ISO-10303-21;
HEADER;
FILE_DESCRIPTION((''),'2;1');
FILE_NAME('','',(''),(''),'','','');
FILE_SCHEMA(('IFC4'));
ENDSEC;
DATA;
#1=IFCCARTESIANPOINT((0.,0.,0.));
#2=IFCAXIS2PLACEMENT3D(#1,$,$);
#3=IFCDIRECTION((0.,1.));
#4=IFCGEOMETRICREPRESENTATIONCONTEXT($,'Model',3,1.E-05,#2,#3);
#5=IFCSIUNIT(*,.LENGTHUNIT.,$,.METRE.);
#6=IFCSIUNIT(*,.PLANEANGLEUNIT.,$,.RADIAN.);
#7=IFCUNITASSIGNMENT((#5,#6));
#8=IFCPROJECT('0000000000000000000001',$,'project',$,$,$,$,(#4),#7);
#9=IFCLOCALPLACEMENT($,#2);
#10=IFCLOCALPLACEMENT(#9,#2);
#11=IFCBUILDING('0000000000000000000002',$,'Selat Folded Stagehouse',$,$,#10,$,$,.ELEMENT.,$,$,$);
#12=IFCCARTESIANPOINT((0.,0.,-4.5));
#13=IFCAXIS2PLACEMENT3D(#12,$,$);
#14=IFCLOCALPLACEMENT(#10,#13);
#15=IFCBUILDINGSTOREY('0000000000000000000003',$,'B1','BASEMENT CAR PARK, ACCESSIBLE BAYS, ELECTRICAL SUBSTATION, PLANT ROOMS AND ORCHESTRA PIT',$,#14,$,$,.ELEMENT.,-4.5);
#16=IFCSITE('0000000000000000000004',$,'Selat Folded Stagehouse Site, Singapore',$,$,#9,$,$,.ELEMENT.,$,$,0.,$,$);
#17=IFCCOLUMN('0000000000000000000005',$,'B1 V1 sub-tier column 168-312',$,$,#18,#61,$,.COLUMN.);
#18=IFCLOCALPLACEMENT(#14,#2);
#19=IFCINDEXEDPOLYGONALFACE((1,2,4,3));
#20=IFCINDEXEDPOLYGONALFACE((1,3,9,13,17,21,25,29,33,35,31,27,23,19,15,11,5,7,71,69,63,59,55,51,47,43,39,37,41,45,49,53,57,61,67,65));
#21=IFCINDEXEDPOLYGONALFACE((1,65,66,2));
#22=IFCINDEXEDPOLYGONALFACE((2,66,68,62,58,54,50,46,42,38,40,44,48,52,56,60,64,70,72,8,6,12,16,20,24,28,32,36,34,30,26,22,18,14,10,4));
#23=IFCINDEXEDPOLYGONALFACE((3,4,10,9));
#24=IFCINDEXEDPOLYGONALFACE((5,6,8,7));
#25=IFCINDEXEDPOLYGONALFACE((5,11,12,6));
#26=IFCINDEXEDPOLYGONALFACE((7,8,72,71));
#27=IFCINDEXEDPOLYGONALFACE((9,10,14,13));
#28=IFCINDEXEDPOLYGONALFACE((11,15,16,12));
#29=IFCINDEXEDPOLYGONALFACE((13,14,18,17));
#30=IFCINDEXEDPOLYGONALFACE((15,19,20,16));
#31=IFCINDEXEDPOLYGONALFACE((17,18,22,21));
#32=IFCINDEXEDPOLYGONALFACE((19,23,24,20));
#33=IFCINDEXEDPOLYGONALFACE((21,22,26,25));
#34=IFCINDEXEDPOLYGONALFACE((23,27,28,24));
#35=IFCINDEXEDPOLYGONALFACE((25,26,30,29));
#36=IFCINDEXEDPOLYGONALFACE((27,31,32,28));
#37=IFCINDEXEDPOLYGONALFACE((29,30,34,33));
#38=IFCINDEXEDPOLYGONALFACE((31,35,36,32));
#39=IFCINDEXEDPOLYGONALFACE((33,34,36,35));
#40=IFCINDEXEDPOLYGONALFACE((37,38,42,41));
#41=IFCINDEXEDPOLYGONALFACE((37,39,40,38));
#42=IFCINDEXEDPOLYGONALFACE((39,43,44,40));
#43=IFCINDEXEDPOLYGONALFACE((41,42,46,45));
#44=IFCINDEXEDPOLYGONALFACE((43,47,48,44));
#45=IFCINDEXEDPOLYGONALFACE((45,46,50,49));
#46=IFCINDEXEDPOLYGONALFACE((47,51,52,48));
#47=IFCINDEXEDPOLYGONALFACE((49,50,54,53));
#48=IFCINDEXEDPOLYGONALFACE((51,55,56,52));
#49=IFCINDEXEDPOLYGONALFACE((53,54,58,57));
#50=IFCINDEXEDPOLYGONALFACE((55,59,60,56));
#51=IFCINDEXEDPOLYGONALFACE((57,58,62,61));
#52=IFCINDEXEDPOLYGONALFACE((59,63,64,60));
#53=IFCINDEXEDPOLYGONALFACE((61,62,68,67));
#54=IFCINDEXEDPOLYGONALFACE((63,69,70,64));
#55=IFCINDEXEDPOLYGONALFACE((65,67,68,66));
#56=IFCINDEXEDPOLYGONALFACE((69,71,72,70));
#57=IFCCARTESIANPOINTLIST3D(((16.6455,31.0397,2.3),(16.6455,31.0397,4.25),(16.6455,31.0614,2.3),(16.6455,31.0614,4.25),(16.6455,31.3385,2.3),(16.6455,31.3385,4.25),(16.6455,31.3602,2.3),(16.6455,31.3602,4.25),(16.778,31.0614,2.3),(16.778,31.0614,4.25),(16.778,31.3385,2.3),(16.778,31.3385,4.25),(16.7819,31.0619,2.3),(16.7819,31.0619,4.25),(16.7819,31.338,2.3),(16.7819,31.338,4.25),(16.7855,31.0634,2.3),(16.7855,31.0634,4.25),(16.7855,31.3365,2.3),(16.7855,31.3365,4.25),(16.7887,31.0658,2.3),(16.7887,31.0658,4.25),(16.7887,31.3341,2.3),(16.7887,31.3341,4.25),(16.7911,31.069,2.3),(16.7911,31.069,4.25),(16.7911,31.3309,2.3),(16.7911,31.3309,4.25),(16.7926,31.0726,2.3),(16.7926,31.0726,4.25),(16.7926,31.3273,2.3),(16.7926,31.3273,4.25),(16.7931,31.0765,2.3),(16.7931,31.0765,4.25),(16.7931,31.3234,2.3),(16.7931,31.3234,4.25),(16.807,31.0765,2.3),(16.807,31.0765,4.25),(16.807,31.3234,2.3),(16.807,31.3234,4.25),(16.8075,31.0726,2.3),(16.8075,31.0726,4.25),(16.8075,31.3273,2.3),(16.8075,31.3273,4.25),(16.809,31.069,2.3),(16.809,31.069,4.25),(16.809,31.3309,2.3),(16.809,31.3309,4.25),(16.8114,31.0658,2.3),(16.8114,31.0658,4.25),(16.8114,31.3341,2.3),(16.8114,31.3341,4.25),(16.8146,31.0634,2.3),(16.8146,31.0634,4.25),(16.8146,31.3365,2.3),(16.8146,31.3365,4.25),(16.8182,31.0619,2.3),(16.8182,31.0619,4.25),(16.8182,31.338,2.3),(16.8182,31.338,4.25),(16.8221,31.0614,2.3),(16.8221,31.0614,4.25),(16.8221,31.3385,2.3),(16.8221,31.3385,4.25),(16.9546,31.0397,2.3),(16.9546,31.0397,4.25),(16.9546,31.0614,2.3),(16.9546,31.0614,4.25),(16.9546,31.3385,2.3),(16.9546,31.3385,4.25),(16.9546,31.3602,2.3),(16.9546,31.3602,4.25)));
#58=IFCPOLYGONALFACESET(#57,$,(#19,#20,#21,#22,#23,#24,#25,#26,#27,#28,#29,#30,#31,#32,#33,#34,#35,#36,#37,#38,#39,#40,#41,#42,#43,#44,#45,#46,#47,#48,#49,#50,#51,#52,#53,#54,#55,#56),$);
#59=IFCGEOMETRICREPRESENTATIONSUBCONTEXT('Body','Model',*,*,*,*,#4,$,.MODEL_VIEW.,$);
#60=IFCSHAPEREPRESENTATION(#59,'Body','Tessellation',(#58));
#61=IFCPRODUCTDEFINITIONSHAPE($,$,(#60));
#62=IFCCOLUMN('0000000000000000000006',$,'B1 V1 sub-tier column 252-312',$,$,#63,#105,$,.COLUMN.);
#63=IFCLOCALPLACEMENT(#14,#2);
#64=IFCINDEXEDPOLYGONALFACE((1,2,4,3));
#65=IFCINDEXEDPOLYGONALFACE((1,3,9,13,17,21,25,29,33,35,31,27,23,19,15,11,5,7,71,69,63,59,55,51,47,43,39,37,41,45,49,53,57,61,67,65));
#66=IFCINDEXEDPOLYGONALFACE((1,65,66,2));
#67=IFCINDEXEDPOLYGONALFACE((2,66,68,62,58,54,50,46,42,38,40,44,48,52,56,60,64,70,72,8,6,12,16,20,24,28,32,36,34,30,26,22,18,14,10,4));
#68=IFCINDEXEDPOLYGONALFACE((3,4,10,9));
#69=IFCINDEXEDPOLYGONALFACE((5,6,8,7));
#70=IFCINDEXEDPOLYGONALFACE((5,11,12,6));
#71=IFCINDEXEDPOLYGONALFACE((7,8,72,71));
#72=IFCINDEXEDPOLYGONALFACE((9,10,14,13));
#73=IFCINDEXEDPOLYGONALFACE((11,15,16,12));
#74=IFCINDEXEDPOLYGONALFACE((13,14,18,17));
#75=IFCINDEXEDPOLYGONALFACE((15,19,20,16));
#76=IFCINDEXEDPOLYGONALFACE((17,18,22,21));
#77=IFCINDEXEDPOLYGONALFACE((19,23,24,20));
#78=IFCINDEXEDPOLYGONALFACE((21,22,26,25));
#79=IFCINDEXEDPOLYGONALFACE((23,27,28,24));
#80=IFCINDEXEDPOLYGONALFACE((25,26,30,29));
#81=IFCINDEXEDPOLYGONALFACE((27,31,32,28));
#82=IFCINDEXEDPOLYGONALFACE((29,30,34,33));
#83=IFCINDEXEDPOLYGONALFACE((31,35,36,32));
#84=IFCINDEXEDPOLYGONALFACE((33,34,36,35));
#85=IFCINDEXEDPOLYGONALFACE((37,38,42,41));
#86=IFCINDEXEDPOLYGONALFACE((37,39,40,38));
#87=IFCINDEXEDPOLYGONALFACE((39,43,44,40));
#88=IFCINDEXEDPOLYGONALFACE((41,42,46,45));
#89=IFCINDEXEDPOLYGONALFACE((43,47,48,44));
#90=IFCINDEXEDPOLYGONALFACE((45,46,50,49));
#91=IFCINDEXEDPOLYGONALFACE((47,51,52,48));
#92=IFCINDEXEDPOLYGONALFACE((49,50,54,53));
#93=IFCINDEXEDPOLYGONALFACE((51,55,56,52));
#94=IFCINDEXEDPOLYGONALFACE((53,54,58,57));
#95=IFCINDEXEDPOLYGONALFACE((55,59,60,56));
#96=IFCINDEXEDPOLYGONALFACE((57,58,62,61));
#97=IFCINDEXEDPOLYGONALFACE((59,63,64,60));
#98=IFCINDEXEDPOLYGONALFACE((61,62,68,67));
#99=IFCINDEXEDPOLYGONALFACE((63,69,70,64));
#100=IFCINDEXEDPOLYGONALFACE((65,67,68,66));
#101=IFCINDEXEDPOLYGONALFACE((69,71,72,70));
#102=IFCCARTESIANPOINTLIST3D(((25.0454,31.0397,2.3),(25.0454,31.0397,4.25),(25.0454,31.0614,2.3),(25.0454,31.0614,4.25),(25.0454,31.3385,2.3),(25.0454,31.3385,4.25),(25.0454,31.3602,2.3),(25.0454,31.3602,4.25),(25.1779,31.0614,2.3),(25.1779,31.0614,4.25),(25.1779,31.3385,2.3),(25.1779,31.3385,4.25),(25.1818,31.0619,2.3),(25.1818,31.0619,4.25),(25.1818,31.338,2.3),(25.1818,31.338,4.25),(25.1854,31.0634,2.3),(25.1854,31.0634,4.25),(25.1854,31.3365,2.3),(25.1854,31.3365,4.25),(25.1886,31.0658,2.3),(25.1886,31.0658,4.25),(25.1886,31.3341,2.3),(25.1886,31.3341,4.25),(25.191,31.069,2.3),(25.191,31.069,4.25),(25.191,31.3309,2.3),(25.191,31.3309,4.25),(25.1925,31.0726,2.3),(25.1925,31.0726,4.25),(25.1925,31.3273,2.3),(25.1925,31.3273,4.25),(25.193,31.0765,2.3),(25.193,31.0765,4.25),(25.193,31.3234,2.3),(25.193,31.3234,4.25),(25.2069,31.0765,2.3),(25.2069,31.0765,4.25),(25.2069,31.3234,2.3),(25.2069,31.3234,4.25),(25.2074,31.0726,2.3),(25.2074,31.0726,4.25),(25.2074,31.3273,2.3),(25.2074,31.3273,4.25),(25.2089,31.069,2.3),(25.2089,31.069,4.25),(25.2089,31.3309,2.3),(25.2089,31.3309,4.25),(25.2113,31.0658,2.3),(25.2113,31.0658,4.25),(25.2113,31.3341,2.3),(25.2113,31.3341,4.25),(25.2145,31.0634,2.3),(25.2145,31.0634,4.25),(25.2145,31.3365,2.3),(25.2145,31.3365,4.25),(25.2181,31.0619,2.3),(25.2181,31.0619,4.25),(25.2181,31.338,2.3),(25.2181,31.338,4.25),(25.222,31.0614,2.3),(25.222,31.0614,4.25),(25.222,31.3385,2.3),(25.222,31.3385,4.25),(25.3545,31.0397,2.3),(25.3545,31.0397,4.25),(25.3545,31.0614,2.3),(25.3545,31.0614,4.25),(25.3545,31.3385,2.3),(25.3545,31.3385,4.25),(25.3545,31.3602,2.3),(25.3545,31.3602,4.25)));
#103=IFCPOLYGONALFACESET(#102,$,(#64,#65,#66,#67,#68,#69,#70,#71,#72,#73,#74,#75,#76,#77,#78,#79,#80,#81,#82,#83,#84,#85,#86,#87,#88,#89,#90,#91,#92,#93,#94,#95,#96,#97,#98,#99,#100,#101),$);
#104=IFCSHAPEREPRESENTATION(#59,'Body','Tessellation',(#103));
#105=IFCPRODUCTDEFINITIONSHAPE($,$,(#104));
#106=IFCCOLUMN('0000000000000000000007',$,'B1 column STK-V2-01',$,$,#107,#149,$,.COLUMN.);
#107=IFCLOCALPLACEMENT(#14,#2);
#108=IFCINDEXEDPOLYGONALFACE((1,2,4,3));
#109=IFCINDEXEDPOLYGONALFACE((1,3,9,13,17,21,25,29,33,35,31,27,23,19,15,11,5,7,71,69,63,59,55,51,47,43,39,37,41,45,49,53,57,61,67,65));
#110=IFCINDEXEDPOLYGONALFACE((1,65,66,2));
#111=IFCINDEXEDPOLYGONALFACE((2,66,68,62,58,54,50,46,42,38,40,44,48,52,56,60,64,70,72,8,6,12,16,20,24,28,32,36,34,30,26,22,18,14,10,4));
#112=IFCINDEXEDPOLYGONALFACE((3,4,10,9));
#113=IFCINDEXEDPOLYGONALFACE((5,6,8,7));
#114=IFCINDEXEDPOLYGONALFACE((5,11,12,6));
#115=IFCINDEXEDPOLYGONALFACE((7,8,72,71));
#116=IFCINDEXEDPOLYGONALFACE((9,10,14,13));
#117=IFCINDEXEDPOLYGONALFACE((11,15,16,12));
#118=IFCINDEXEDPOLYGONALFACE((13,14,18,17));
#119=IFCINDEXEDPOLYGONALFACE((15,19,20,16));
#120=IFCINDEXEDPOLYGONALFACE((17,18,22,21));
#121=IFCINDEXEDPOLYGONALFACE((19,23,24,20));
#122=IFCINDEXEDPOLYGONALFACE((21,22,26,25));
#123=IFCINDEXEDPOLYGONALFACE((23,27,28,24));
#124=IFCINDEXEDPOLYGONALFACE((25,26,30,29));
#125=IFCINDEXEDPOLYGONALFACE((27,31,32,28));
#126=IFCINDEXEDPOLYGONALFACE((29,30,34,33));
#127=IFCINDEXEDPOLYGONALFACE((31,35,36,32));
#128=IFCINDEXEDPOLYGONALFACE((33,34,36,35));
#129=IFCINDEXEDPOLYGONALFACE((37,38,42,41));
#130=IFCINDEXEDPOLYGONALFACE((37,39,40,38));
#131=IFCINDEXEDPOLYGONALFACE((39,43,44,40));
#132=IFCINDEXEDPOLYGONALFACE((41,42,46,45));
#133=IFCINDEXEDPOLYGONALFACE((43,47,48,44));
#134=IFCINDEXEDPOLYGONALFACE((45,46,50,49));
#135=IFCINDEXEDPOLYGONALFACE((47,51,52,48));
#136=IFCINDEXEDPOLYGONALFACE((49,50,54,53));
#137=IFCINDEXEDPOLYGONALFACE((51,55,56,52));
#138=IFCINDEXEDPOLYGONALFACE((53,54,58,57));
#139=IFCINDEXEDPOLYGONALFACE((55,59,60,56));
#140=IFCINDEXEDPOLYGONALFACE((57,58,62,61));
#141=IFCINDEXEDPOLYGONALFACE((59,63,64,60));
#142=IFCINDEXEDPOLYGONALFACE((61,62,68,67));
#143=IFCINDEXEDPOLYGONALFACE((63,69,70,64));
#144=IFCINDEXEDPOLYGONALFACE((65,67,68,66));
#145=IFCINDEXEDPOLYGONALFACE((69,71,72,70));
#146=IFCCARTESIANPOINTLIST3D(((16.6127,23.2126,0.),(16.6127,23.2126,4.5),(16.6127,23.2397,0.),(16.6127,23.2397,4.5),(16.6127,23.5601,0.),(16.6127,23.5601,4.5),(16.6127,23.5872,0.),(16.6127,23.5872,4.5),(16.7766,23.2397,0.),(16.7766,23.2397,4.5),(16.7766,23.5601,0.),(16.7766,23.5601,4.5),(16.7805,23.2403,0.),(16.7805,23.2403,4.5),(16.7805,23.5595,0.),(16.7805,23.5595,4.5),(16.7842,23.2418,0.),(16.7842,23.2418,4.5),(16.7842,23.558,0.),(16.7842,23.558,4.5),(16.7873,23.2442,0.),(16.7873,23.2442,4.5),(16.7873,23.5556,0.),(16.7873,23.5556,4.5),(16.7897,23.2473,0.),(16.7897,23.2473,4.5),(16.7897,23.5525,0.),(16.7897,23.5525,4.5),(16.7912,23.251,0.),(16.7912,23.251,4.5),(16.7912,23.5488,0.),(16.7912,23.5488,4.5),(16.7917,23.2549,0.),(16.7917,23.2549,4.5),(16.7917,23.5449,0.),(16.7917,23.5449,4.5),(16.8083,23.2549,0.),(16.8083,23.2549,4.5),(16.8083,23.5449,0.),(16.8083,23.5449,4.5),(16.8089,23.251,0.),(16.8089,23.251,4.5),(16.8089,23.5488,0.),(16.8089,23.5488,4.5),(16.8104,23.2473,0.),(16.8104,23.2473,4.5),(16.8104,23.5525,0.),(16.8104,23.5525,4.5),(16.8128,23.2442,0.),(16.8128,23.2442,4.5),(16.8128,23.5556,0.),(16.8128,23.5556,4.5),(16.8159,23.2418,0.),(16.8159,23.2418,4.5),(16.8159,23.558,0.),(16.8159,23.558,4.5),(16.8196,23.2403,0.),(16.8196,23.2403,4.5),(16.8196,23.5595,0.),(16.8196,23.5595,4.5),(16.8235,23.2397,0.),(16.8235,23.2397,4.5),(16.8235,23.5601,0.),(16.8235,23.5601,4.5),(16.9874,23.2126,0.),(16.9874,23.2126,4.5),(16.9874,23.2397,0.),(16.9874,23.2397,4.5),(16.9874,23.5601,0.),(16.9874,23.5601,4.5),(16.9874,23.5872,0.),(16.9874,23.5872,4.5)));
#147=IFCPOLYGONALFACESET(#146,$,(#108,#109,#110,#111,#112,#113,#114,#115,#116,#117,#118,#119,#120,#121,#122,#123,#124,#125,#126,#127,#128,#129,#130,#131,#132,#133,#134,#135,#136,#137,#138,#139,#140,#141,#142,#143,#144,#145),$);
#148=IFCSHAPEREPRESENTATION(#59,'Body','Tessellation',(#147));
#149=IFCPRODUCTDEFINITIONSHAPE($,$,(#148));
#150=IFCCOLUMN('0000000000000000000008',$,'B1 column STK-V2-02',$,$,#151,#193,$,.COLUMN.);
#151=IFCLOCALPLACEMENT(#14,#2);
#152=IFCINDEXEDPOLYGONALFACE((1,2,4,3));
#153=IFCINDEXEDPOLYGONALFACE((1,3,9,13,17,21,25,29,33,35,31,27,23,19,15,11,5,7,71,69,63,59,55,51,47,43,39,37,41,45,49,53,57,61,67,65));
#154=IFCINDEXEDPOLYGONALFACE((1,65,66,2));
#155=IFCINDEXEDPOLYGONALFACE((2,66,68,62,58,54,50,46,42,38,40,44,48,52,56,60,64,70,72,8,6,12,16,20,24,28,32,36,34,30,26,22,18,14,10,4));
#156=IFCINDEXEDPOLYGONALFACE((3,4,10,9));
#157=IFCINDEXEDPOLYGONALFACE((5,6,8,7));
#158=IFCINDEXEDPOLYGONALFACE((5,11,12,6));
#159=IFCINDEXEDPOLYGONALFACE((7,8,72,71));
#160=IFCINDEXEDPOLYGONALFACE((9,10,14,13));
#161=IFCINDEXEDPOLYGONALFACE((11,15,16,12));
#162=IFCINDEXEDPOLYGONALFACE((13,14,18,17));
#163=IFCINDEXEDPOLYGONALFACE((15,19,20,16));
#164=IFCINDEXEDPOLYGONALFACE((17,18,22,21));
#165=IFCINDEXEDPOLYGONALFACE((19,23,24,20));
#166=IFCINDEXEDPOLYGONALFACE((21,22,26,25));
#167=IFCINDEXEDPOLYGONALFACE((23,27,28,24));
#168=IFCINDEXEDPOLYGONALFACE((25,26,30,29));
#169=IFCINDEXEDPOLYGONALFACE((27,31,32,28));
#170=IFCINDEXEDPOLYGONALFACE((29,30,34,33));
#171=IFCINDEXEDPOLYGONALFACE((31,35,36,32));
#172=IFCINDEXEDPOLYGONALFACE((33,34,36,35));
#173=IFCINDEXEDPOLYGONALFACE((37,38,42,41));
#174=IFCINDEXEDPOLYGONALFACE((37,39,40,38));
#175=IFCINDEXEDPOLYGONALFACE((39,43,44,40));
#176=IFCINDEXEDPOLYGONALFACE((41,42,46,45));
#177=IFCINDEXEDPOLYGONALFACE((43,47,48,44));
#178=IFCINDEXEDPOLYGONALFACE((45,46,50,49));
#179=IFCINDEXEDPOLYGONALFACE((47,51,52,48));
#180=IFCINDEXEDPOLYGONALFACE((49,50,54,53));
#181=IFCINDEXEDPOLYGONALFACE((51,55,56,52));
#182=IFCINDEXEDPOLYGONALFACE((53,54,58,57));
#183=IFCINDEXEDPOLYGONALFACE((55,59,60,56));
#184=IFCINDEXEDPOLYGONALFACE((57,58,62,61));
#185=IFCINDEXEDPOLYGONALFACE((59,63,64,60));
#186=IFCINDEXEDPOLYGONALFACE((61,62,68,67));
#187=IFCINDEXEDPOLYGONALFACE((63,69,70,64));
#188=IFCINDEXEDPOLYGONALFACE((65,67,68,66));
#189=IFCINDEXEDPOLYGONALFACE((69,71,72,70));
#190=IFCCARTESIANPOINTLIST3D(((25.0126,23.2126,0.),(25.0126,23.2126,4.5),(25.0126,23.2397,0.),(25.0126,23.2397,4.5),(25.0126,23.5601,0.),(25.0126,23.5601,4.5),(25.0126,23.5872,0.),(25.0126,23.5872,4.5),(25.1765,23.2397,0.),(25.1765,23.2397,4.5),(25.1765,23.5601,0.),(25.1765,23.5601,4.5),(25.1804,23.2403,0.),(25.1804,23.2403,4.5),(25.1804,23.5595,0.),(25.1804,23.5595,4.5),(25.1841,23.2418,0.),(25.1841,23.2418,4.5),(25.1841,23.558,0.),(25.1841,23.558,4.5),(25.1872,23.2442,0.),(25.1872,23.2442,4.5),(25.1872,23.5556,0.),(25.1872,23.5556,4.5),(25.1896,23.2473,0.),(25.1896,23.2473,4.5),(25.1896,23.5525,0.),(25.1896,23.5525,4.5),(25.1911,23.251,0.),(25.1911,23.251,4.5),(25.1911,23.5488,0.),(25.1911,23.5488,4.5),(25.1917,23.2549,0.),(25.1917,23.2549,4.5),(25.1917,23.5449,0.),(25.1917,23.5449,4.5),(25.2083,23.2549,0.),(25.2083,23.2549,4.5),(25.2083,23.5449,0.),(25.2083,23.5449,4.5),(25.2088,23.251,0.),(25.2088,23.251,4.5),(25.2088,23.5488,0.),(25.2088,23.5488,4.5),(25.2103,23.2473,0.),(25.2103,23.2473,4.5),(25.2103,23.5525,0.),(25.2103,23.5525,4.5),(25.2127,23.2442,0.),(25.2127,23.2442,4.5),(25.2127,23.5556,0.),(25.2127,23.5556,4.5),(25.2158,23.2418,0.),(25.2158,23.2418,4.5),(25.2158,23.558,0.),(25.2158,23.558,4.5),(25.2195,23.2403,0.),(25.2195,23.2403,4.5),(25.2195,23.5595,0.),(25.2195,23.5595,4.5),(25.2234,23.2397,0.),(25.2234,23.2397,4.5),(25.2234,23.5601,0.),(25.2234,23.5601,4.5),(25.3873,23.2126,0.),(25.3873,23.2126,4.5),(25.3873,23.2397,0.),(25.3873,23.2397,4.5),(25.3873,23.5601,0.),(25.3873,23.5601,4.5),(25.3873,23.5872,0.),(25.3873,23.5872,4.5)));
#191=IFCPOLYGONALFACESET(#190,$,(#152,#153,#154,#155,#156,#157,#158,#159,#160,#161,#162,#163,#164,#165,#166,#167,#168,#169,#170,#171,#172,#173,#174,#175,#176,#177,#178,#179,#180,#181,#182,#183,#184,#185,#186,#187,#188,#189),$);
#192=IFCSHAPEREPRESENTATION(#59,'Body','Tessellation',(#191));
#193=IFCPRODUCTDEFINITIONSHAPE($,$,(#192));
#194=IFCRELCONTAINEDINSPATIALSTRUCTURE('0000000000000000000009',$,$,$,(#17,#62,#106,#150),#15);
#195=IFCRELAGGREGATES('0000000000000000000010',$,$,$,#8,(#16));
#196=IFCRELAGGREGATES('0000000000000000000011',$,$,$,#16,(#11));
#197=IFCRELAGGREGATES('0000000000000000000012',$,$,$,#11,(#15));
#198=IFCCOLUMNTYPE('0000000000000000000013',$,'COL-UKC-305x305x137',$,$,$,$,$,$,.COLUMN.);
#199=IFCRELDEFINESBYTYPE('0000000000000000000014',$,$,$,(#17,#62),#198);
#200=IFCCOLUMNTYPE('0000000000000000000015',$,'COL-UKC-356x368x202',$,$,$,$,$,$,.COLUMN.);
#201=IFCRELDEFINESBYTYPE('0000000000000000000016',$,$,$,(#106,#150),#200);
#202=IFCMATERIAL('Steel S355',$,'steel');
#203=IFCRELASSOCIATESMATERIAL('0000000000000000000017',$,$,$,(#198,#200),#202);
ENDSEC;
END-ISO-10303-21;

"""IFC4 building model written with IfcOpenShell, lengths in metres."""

from ifc_helpers import new_model, si_unit, direction, frame, origin, origin_2d, place, context, subcontext, project, spatial, i_section, extrude, material, material_profile, profile_set, type_object, element, save


model = new_model("IFC4")

# Units and contexts
model_context = context("Model", 3, precision=1e-05, world=origin(), true_north=direction((0.0, 1.0)))
body_context = subcontext(model_context, "Body", "Model", "MODEL_VIEW")
ifc_project = project(units=[si_unit("LENGTHUNIT", "METRE"), si_unit("PLANEANGLEUNIT", "RADIAN")], contexts=[model_context])

# Site, building, storey
site_placement = place(None, origin())
site = spatial("IfcSite", under=ifc_project, at=site_placement, Name="Selat Folded Stagehouse Site, Singapore", CompositionType="ELEMENT", RefElevation=0.0)
building_placement = place(site_placement, origin())
building = spatial("IfcBuilding", under=site, at=building_placement, Name="Selat Folded Stagehouse", CompositionType="ELEMENT")
storey_placement = place(building_placement, frame((0.0, 0.0, -4.5)))
storey = spatial("IfcBuildingStorey", under=building, at=storey_placement, Name="B1", Description="BASEMENT CAR PARK, ACCESSIBLE BAYS, ELECTRICAL SUBSTATION, PLANT ROOMS AND ORCHESTRA PIT", CompositionType="ELEMENT", Elevation=-4.5)

# Columns
ifc_material_1 = material(Name="Steel S355", Category="steel")
ifc_material_profile_1 = material_profile(ifc_material_1, i_section(OverallWidth=0.3091, OverallDepth=0.3206, WebThickness=0.0139, FlangeThickness=0.0217, FilletRadius=0.0151, at=origin_2d()), Name="UKC 305x305x137")
ifc_profile_set_1 = profile_set([ifc_material_profile_1], Name="Steel S355")
column_type_1 = type_object("IfcColumnType", Name="COL-UKC-305x305x137", PredefinedType="COLUMN", material=ifc_profile_set_1)
for number, where, z_axis, x_axis, name in (
    (1, (16.8, 31.2, 2.3), (0.0, 0.0, 1.0), (1.0, 0.0, 0.0), "B1 V1 sub-tier column 168-312"),
    (2, (25.2, 31.2, 2.3), (0.0, 0.0, 1.0), (1.0, 0.0, 0.0), "B1 V1 sub-tier column 252-312"),
):
    element("IfcColumn", number, at=place(storey_placement, frame(where, z_axis=z_axis, x_axis=x_axis)), inside=storey, type_object=column_type_1, Name=name, PredefinedType="COLUMN", context=body_context, shape_type="SweptSolid", body=[
        extrude(i_section(OverallWidth=0.3091, OverallDepth=0.3206, WebThickness=0.0139, FlangeThickness=0.0217, FilletRadius=0.0151, at=origin_2d()), origin(), (0.0, 0.0, 1.0), 1.95),
    ])
ifc_material_profile_2 = material_profile(ifc_material_1, i_section(OverallWidth=0.3748, OverallDepth=0.3745, WebThickness=0.0166, FlangeThickness=0.0271, FilletRadius=0.0151, at=origin_2d()), Name="UKC 356x368x202")
ifc_profile_set_2 = profile_set([ifc_material_profile_2], Name="Steel S355")
column_type_2 = type_object("IfcColumnType", Name="COL-UKC-356x368x202", PredefinedType="COLUMN", material=ifc_profile_set_2)
for number, where, z_axis, x_axis, name in (
    (3, (16.8, 23.3999, 0.0), (0.0, 0.0, 1.0), (1.0, 0.0, 0.0), "B1 column STK-V2-01"),
    (4, (25.2, 23.3999, 0.0), (0.0, 0.0, 1.0), (1.0, 0.0, 0.0), "B1 column STK-V2-02"),
):
    element("IfcColumn", number, at=place(storey_placement, frame(where, z_axis=z_axis, x_axis=x_axis)), inside=storey, type_object=column_type_2, Name=name, PredefinedType="COLUMN", context=body_context, shape_type="SweptSolid", body=[
        extrude(i_section(OverallWidth=0.3748, OverallDepth=0.3745, WebThickness=0.0166, FlangeThickness=0.0271, FilletRadius=0.0151, at=origin_2d()), origin(), (0.0, 0.0, 1.0), 4.5),
    ])

save(model, "model.ifc")
